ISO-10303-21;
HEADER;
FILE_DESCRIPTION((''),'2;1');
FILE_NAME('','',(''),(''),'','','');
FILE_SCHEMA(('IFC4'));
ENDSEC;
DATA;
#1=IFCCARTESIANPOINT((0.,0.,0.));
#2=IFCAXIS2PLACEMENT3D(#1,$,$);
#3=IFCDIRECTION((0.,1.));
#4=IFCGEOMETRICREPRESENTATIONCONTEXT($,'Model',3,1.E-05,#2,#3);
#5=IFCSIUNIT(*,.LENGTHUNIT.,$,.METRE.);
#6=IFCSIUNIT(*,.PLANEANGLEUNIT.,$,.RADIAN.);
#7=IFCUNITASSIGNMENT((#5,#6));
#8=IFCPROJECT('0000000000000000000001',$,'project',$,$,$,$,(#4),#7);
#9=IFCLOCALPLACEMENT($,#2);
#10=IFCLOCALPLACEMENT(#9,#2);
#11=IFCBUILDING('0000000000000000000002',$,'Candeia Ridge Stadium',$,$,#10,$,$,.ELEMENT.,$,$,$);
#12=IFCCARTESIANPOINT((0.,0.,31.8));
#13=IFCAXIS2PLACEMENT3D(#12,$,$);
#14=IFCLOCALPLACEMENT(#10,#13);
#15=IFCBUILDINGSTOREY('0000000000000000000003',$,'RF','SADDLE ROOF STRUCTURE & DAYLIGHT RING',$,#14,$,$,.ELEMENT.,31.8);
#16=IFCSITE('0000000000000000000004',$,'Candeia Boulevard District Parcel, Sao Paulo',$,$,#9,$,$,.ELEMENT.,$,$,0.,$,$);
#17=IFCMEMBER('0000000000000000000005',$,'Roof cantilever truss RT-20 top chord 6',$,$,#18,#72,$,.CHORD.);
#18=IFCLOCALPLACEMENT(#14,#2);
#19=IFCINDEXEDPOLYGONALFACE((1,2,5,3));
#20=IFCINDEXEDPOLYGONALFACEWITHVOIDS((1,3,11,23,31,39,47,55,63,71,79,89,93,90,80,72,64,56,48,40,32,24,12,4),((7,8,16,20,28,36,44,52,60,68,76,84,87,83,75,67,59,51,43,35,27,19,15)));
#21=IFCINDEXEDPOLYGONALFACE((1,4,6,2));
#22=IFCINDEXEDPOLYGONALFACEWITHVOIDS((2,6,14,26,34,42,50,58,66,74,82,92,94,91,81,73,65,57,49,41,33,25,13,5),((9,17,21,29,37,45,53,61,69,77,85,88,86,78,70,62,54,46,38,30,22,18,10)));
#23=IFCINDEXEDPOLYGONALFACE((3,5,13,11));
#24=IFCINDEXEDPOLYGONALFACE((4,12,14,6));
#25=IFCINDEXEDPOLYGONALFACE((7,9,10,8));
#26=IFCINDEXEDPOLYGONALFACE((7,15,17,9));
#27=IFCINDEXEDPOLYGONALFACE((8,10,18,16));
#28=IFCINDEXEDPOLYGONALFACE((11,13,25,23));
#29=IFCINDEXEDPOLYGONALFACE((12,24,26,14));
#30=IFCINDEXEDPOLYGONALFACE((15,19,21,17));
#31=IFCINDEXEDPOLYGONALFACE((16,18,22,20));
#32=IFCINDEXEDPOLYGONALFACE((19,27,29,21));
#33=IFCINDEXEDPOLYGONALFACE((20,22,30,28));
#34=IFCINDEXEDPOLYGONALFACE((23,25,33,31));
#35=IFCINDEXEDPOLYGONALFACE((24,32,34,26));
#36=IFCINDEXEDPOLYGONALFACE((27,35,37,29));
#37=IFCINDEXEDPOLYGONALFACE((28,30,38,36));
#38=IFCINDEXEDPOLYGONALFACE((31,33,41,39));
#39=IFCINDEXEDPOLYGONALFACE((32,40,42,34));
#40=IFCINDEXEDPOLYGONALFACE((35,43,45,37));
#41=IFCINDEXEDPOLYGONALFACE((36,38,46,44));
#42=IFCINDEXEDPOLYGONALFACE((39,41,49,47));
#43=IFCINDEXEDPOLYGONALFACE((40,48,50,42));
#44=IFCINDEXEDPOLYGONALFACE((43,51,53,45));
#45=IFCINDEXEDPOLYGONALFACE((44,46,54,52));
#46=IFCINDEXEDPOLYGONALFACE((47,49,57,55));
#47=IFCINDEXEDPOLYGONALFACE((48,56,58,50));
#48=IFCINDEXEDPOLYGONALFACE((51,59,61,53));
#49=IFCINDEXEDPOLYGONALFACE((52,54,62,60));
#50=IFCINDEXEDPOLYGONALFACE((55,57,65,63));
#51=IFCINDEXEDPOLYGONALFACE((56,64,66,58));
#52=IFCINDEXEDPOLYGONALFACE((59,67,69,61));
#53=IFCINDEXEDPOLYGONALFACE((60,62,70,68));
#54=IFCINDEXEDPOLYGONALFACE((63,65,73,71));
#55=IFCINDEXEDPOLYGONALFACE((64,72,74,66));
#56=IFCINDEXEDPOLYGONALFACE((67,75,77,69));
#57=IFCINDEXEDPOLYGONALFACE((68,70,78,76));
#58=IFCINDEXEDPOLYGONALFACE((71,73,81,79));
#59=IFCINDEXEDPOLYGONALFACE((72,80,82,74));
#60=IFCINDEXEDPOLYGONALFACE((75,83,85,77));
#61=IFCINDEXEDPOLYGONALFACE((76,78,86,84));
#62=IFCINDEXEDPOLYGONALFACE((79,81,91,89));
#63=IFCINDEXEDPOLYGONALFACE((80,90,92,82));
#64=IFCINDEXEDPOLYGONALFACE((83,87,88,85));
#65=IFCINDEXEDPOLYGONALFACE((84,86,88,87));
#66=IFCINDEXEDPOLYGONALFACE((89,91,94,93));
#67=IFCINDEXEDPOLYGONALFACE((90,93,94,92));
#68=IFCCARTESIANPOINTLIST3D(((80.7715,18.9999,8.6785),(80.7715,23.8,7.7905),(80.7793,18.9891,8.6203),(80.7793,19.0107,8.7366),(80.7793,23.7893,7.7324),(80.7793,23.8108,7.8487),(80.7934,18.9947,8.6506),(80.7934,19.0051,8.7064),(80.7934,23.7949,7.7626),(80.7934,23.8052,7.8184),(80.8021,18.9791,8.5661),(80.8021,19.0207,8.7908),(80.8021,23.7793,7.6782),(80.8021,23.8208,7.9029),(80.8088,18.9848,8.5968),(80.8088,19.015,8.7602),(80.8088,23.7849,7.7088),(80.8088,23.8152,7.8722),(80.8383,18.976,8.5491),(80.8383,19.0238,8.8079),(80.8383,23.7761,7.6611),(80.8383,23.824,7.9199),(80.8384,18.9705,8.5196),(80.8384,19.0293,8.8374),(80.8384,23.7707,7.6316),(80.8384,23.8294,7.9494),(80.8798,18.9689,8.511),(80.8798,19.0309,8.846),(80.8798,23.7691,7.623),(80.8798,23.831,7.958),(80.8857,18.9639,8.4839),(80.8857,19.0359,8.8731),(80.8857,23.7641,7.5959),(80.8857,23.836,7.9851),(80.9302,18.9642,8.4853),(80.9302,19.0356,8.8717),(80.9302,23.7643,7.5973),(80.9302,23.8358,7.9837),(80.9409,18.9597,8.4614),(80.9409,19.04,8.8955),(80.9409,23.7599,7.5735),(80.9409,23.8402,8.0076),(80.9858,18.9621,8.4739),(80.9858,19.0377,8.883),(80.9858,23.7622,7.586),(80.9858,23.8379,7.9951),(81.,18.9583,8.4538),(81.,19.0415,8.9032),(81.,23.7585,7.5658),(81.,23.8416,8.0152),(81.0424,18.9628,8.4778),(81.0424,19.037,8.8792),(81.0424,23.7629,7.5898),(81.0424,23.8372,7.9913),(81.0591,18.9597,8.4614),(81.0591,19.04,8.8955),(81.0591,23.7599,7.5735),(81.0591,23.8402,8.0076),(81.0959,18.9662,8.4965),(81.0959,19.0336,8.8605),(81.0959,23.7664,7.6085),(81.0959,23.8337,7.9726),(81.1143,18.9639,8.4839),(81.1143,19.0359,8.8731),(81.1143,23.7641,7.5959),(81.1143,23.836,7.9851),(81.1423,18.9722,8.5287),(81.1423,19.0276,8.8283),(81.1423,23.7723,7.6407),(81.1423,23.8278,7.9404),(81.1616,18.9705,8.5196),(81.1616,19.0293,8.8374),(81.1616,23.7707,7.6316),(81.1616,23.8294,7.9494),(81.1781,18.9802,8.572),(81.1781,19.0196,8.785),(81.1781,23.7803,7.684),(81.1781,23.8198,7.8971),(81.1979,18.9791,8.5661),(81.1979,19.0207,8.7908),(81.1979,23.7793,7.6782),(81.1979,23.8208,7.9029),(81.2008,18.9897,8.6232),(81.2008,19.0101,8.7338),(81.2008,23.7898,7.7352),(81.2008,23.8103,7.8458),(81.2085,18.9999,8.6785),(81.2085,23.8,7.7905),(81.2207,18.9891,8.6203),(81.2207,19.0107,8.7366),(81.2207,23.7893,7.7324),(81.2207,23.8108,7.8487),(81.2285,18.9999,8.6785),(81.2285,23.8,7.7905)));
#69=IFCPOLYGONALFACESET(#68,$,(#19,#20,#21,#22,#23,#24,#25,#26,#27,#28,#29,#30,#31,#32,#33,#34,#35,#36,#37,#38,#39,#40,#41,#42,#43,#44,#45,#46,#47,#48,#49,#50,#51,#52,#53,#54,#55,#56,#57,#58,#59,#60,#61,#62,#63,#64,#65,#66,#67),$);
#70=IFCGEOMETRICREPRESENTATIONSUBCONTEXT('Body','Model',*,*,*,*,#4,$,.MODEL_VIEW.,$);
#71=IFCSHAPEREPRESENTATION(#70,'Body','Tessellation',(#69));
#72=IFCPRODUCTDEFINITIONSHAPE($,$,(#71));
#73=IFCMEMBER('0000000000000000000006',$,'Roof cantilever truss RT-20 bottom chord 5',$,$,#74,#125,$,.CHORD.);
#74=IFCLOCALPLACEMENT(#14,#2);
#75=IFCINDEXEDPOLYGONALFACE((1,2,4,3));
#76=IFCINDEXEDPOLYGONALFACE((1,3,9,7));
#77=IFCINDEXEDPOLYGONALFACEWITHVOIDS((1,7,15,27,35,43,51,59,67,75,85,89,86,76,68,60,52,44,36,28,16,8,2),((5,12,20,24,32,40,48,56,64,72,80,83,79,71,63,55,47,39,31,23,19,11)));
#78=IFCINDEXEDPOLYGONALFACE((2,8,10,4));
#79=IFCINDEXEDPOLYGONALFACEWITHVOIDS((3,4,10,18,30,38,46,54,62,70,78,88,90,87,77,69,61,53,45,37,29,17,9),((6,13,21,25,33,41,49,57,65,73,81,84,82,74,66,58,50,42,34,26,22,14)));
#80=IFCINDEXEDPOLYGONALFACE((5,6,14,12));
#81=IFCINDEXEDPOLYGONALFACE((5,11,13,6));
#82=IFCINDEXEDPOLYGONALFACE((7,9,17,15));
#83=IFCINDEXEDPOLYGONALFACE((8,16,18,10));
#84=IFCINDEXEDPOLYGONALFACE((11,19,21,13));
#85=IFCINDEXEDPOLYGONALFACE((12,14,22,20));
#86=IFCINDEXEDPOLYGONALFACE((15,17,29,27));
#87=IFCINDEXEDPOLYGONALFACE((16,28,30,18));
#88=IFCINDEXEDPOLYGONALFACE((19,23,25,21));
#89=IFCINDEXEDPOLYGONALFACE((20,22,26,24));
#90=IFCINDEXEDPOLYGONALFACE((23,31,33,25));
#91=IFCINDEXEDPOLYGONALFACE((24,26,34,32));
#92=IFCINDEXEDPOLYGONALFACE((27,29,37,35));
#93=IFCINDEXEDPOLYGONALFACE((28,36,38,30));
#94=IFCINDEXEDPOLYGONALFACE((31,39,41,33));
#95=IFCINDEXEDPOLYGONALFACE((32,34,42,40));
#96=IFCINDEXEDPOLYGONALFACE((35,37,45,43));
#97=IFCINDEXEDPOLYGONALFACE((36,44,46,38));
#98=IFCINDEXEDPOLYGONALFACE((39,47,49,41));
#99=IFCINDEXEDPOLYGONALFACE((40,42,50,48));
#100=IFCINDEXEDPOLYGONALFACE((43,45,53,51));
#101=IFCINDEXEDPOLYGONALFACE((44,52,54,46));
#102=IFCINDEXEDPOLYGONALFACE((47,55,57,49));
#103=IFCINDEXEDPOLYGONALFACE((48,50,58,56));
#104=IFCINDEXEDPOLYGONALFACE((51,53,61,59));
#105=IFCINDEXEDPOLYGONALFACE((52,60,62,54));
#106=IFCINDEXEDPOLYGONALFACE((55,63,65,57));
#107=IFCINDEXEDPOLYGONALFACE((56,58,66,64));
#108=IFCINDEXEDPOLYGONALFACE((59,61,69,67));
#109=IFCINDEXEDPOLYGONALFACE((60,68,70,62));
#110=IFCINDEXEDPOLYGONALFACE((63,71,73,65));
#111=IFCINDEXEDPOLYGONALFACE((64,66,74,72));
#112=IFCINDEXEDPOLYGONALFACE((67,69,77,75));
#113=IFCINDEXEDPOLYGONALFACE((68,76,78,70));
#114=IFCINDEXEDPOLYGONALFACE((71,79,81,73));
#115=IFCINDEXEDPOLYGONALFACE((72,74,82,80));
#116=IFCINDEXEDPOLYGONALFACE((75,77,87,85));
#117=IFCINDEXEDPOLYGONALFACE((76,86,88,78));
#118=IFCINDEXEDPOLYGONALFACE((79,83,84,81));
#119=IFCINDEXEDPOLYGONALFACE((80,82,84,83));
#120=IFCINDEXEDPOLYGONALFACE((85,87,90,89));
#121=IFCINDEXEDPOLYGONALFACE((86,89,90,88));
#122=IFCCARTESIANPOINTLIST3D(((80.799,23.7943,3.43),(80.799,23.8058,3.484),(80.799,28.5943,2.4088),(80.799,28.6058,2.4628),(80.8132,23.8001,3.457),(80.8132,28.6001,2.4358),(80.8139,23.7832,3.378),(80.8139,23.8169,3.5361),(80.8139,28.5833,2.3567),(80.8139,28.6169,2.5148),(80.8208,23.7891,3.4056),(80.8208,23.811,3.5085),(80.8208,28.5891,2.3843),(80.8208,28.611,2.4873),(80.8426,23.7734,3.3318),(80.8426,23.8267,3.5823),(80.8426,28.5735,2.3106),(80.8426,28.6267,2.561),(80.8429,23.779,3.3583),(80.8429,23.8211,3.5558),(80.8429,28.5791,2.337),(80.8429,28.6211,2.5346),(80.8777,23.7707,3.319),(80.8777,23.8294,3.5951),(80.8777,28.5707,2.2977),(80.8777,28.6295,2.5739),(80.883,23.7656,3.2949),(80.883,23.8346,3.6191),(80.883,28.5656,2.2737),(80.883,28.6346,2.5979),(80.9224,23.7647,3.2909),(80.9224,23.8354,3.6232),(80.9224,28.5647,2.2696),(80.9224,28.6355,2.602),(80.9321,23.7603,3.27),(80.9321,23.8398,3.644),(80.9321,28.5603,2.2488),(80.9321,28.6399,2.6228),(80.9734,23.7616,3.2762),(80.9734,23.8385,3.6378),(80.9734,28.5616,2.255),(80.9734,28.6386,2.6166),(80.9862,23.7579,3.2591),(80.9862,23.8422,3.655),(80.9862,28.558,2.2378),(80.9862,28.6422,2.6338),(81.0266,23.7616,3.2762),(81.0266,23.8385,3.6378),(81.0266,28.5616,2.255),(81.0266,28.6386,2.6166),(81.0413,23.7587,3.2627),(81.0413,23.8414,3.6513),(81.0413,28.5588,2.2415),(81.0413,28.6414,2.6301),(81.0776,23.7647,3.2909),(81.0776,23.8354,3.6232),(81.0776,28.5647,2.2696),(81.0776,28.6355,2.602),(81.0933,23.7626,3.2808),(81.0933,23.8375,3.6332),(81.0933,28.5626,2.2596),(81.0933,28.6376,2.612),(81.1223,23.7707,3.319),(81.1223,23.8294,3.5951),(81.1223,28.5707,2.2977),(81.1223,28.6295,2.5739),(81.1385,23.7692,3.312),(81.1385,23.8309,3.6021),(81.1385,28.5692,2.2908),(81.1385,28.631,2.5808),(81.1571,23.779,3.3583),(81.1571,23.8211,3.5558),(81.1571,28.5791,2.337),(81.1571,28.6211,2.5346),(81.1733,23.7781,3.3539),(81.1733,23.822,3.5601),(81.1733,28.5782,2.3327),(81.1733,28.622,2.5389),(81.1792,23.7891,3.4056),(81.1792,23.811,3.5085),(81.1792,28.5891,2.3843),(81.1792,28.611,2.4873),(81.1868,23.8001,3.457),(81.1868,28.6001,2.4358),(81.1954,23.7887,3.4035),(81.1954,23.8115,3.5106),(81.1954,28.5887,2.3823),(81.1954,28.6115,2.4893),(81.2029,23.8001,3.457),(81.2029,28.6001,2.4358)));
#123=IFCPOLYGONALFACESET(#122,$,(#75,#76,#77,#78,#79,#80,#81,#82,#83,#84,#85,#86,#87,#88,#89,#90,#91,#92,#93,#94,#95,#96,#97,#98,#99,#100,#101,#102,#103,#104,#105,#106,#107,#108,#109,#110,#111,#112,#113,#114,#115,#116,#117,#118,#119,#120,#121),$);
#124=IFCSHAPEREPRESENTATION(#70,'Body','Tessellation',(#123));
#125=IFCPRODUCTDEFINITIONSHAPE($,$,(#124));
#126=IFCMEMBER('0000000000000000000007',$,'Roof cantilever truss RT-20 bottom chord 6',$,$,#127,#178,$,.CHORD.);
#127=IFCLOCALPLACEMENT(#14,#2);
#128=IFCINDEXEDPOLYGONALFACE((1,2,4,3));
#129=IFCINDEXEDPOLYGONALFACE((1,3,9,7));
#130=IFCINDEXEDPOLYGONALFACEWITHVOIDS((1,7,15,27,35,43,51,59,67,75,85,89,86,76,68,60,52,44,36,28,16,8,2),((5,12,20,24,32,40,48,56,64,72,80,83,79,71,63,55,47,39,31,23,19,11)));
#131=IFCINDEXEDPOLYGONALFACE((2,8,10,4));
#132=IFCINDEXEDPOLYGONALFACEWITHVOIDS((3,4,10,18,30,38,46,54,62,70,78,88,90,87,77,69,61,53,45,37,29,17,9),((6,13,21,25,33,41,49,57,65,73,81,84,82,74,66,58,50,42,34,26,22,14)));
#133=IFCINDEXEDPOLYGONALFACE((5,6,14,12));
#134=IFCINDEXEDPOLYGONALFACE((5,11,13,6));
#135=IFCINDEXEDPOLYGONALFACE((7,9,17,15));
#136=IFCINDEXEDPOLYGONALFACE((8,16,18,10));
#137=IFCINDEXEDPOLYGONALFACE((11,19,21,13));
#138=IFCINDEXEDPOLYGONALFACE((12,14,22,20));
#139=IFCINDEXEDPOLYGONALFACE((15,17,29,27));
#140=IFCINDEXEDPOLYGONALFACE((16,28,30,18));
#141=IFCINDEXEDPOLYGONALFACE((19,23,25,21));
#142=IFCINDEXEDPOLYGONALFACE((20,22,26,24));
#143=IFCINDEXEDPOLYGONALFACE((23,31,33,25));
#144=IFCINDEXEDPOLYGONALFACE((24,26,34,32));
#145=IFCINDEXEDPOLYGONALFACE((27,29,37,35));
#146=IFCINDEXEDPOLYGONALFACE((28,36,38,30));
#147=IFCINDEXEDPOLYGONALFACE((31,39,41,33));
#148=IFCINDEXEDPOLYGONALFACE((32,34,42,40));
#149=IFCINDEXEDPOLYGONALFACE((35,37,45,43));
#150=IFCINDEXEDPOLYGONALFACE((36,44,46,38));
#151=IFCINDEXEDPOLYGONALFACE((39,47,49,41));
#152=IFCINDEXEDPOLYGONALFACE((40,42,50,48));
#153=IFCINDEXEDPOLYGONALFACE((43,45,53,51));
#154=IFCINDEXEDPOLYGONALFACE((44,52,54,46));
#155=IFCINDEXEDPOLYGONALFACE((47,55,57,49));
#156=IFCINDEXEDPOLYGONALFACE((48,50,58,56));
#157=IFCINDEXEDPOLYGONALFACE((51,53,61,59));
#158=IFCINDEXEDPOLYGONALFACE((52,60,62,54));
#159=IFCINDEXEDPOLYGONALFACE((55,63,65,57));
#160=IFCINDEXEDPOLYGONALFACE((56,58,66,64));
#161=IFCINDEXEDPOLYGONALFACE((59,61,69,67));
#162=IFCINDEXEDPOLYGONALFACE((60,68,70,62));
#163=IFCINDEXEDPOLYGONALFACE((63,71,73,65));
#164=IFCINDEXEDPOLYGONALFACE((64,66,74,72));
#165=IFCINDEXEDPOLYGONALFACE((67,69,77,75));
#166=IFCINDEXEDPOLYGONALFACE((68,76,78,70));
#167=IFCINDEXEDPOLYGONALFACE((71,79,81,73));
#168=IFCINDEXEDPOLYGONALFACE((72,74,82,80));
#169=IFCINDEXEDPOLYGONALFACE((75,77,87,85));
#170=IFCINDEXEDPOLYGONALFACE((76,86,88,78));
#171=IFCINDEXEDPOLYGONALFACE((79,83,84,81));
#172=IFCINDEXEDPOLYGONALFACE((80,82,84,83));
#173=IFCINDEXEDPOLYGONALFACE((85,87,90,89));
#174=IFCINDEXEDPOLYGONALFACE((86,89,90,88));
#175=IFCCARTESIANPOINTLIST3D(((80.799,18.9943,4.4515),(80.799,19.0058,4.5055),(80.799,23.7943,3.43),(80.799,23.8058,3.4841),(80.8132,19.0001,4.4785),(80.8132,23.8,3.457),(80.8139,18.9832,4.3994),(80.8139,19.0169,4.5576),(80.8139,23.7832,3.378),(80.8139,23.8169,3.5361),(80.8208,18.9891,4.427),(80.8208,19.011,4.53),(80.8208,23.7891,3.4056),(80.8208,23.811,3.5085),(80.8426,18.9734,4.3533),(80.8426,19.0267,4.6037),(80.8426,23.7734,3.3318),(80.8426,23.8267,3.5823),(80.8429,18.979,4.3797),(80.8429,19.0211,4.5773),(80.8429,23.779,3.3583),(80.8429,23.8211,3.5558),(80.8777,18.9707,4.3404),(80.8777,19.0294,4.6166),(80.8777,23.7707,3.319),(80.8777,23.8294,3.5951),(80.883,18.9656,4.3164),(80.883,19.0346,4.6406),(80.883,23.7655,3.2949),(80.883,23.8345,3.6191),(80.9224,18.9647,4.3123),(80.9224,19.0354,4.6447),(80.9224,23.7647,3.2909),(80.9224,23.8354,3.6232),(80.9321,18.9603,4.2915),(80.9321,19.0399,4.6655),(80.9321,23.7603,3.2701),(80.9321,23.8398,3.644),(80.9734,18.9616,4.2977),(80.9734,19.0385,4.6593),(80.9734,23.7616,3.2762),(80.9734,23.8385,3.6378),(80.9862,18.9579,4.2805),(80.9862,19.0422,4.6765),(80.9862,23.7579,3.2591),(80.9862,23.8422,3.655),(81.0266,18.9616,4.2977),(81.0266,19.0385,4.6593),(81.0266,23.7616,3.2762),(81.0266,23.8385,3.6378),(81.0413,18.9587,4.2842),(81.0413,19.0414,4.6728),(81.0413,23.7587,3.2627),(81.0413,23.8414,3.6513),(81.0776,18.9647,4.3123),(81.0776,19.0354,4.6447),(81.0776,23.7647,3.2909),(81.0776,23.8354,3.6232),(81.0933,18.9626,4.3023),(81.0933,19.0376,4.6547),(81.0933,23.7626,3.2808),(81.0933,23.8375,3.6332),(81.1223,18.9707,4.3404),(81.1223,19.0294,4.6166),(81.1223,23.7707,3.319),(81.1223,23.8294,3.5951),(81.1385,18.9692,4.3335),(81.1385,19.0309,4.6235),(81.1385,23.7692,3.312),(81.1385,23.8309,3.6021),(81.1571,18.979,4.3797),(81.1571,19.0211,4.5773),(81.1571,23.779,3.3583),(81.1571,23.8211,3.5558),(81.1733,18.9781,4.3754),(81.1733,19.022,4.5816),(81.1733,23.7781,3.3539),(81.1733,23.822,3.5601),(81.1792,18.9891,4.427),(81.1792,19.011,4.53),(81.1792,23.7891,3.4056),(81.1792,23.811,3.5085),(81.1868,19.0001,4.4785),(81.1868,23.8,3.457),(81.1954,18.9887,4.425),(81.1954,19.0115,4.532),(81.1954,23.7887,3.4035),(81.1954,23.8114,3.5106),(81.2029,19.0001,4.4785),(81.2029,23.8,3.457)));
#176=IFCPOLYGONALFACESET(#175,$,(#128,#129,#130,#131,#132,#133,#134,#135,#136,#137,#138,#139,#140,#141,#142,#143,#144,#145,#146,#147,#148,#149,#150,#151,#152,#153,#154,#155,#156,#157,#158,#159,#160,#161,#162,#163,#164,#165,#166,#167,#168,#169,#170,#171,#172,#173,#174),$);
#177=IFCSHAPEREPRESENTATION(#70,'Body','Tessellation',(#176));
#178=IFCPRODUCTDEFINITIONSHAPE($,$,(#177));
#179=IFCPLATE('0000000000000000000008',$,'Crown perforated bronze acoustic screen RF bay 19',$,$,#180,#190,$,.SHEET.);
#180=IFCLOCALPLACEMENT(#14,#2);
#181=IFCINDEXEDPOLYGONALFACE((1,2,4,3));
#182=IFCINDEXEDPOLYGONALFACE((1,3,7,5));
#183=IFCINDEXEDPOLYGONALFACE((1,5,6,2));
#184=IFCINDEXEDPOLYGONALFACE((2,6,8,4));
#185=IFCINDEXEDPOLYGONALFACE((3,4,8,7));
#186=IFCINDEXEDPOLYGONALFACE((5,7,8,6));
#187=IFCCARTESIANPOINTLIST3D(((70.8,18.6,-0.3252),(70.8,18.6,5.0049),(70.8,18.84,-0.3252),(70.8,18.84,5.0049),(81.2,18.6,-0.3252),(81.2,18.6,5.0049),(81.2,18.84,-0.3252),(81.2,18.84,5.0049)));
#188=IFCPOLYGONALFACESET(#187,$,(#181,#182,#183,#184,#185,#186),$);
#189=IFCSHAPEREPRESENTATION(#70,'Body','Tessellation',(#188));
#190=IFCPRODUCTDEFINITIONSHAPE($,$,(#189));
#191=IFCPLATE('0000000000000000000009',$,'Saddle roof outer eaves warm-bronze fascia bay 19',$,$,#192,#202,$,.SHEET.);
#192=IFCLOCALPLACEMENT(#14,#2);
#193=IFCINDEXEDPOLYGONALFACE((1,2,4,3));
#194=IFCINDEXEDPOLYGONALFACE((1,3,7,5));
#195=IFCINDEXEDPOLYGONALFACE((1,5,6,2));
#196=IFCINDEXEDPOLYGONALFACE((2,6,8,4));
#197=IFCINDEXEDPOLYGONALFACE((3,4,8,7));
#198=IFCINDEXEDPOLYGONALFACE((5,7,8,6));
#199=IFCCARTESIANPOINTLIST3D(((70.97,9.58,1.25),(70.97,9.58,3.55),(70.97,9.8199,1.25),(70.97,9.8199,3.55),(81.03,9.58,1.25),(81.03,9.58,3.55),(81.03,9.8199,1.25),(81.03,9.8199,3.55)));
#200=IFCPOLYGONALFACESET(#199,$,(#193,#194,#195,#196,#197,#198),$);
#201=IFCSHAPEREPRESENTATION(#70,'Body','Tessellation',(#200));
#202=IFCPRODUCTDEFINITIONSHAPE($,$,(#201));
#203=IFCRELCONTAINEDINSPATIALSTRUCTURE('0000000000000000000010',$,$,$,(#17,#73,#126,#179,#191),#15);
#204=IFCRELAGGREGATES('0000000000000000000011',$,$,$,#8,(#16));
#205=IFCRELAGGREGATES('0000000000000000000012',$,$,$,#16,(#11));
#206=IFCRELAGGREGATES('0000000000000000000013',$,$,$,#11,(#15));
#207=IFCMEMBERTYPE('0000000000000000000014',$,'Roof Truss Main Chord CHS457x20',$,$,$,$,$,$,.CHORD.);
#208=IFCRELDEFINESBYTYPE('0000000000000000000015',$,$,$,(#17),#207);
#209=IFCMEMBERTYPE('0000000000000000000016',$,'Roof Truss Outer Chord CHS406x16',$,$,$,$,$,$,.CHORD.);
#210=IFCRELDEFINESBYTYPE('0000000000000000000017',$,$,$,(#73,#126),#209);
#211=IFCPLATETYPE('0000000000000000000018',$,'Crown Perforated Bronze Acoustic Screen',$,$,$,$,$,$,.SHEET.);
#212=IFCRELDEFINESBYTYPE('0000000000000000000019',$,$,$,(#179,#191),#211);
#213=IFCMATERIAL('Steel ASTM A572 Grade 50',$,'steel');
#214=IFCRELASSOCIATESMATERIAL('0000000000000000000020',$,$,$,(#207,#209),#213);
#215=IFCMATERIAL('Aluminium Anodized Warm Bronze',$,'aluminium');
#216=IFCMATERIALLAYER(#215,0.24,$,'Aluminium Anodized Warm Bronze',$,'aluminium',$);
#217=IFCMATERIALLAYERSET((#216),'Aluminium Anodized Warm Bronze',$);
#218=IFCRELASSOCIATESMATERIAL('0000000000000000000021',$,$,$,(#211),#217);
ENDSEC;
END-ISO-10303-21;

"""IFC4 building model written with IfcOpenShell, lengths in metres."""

from ifc_helpers import new_model, si_unit, direction, frame, origin, origin_2d, place, context, subcontext, project, spatial, rectangle, hollow_circle, extrude, material, layer, layer_set, material_profile, profile_set, type_object, element, save


model = new_model("IFC4")

# Units and contexts
model_context = context("Model", 3, precision=1e-05, world=origin(), true_north=direction((0.0, 1.0)))
body_context = subcontext(model_context, "Body", "Model", "MODEL_VIEW")
ifc_project = project(units=[si_unit("LENGTHUNIT", "METRE"), si_unit("PLANEANGLEUNIT", "RADIAN")], contexts=[model_context])

# Site, building, storey
site_placement = place(None, origin())
site = spatial("IfcSite", under=ifc_project, at=site_placement, Name="Candeia Boulevard District Parcel, Sao Paulo", CompositionType="ELEMENT", RefElevation=0.0)
building_placement = place(site_placement, origin())
building = spatial("IfcBuilding", under=site, at=building_placement, Name="Candeia Ridge Stadium", CompositionType="ELEMENT")
storey_placement = place(building_placement, frame((0.0, 0.0, 31.8)))
storey = spatial("IfcBuildingStorey", under=building, at=storey_placement, Name="RF", Description="SADDLE ROOF STRUCTURE & DAYLIGHT RING", CompositionType="ELEMENT", Elevation=31.8)

# Shared definitions
ifc_material_1 = material(Name="Steel ASTM A572 Grade 50", Category="steel")

# Members
ifc_material_profile_1 = material_profile(ifc_material_1, hollow_circle(Radius=0.2285, WallThickness=0.02, at=origin_2d()), Name="CHS457x20", Category="steel")
ifc_profile_set_1 = profile_set([ifc_material_profile_1], Name="Steel ASTM A572 Grade 50")
member_type_1 = type_object("IfcMemberType", Name="Roof Truss Main Chord CHS457x20", PredefinedType="CHORD", material=ifc_profile_set_1)
for number, where, z_axis, x_axis, name in (
    (1, (81.0, 23.8, 7.7905), (0.0, -0.983317, 0.181899), (1.0, 0.0, 0.0), "Roof cantilever truss RT-20 top chord 6"),
):
    element("IfcMember", number, at=place(storey_placement, frame(where, z_axis=z_axis, x_axis=x_axis)), inside=storey, type_object=member_type_1, Name=name, PredefinedType="CHORD", context=body_context, shape_type="SweptSolid", body=[
        extrude(hollow_circle(Radius=0.2285, WallThickness=0.02, at=origin_2d()), origin(), (0.0, 0.0, 1.0), 4.8816),
    ])
ifc_material_profile_2 = material_profile(ifc_material_1, hollow_circle(Radius=0.2029, WallThickness=0.0161, at=origin_2d()), Name="CHS406x16", Category="steel")
ifc_profile_set_2 = profile_set([ifc_material_profile_2], Name="Steel ASTM A572 Grade 50")
member_type_2 = type_object("IfcMemberType", Name="Roof Truss Outer Chord CHS406x16", PredefinedType="CHORD", material=ifc_profile_set_2)
for number, where, z_axis, x_axis, name in (
    (2, (81.0, 28.6001, 2.4358), (0.0, -0.978108, 0.208099), (1.0, 0.0, 0.0), "Roof cantilever truss RT-20 bottom chord 5"),
    (3, (81.0, 23.8, 3.457), (0.0, -0.978098, 0.208146), (1.0, 0.0, 0.0), "Roof cantilever truss RT-20 bottom chord 6"),
):
    element("IfcMember", number, at=place(storey_placement, frame(where, z_axis=z_axis, x_axis=x_axis)), inside=storey, type_object=member_type_2, Name=name, PredefinedType="CHORD", context=body_context, shape_type="SweptSolid", body=[
        extrude(hollow_circle(Radius=0.2029, WallThickness=0.0161, at=origin_2d()), origin(), (0.0, 0.0, 1.0), 4.9075),
    ])

# Plates
ifc_material_2 = material(Name="Aluminium Anodized Warm Bronze", Category="aluminium")
ifc_layer_1 = layer(ifc_material_2, 0.24, Name="Aluminium Anodized Warm Bronze", Category="aluminium")
ifc_layer_set_1 = layer_set([ifc_layer_1], Name="Aluminium Anodized Warm Bronze")
plate_type_1 = type_object("IfcPlateType", Name="Crown Perforated Bronze Acoustic Screen", PredefinedType="SHEET", material=ifc_layer_set_1)
plate_1_placement = place(storey_placement, frame((76.0, 18.72, -0.3252), z_axis=(0.0, 0.0, 1.0), x_axis=(1.0, 0.0, 0.0)))
element("IfcPlate", 4, at=plate_1_placement, inside=storey, type_object=plate_type_1, Name="Crown perforated bronze acoustic screen RF bay 19", PredefinedType="SHEET", context=body_context, shape_type="SweptSolid", body=[
    extrude(rectangle(XDim=10.3999, YDim=0.24, at=origin_2d()), origin(), (0.0, 0.0, 1.0), 5.3301),
])
plate_2_placement = place(storey_placement, frame((76.0, 9.7, 1.25), z_axis=(0.0, 0.0, 1.0), x_axis=(1.0, 0.0, 0.0)))
element("IfcPlate", 5, at=plate_2_placement, inside=storey, type_object=plate_type_1, Name="Saddle roof outer eaves warm-bronze fascia bay 19", PredefinedType="SHEET", context=body_context, shape_type="SweptSolid", body=[
    extrude(rectangle(XDim=10.0601, YDim=0.24, at=origin_2d()), origin(), (0.0, 0.0, 1.0), 2.3),
])

save(model, "model.ifc")
